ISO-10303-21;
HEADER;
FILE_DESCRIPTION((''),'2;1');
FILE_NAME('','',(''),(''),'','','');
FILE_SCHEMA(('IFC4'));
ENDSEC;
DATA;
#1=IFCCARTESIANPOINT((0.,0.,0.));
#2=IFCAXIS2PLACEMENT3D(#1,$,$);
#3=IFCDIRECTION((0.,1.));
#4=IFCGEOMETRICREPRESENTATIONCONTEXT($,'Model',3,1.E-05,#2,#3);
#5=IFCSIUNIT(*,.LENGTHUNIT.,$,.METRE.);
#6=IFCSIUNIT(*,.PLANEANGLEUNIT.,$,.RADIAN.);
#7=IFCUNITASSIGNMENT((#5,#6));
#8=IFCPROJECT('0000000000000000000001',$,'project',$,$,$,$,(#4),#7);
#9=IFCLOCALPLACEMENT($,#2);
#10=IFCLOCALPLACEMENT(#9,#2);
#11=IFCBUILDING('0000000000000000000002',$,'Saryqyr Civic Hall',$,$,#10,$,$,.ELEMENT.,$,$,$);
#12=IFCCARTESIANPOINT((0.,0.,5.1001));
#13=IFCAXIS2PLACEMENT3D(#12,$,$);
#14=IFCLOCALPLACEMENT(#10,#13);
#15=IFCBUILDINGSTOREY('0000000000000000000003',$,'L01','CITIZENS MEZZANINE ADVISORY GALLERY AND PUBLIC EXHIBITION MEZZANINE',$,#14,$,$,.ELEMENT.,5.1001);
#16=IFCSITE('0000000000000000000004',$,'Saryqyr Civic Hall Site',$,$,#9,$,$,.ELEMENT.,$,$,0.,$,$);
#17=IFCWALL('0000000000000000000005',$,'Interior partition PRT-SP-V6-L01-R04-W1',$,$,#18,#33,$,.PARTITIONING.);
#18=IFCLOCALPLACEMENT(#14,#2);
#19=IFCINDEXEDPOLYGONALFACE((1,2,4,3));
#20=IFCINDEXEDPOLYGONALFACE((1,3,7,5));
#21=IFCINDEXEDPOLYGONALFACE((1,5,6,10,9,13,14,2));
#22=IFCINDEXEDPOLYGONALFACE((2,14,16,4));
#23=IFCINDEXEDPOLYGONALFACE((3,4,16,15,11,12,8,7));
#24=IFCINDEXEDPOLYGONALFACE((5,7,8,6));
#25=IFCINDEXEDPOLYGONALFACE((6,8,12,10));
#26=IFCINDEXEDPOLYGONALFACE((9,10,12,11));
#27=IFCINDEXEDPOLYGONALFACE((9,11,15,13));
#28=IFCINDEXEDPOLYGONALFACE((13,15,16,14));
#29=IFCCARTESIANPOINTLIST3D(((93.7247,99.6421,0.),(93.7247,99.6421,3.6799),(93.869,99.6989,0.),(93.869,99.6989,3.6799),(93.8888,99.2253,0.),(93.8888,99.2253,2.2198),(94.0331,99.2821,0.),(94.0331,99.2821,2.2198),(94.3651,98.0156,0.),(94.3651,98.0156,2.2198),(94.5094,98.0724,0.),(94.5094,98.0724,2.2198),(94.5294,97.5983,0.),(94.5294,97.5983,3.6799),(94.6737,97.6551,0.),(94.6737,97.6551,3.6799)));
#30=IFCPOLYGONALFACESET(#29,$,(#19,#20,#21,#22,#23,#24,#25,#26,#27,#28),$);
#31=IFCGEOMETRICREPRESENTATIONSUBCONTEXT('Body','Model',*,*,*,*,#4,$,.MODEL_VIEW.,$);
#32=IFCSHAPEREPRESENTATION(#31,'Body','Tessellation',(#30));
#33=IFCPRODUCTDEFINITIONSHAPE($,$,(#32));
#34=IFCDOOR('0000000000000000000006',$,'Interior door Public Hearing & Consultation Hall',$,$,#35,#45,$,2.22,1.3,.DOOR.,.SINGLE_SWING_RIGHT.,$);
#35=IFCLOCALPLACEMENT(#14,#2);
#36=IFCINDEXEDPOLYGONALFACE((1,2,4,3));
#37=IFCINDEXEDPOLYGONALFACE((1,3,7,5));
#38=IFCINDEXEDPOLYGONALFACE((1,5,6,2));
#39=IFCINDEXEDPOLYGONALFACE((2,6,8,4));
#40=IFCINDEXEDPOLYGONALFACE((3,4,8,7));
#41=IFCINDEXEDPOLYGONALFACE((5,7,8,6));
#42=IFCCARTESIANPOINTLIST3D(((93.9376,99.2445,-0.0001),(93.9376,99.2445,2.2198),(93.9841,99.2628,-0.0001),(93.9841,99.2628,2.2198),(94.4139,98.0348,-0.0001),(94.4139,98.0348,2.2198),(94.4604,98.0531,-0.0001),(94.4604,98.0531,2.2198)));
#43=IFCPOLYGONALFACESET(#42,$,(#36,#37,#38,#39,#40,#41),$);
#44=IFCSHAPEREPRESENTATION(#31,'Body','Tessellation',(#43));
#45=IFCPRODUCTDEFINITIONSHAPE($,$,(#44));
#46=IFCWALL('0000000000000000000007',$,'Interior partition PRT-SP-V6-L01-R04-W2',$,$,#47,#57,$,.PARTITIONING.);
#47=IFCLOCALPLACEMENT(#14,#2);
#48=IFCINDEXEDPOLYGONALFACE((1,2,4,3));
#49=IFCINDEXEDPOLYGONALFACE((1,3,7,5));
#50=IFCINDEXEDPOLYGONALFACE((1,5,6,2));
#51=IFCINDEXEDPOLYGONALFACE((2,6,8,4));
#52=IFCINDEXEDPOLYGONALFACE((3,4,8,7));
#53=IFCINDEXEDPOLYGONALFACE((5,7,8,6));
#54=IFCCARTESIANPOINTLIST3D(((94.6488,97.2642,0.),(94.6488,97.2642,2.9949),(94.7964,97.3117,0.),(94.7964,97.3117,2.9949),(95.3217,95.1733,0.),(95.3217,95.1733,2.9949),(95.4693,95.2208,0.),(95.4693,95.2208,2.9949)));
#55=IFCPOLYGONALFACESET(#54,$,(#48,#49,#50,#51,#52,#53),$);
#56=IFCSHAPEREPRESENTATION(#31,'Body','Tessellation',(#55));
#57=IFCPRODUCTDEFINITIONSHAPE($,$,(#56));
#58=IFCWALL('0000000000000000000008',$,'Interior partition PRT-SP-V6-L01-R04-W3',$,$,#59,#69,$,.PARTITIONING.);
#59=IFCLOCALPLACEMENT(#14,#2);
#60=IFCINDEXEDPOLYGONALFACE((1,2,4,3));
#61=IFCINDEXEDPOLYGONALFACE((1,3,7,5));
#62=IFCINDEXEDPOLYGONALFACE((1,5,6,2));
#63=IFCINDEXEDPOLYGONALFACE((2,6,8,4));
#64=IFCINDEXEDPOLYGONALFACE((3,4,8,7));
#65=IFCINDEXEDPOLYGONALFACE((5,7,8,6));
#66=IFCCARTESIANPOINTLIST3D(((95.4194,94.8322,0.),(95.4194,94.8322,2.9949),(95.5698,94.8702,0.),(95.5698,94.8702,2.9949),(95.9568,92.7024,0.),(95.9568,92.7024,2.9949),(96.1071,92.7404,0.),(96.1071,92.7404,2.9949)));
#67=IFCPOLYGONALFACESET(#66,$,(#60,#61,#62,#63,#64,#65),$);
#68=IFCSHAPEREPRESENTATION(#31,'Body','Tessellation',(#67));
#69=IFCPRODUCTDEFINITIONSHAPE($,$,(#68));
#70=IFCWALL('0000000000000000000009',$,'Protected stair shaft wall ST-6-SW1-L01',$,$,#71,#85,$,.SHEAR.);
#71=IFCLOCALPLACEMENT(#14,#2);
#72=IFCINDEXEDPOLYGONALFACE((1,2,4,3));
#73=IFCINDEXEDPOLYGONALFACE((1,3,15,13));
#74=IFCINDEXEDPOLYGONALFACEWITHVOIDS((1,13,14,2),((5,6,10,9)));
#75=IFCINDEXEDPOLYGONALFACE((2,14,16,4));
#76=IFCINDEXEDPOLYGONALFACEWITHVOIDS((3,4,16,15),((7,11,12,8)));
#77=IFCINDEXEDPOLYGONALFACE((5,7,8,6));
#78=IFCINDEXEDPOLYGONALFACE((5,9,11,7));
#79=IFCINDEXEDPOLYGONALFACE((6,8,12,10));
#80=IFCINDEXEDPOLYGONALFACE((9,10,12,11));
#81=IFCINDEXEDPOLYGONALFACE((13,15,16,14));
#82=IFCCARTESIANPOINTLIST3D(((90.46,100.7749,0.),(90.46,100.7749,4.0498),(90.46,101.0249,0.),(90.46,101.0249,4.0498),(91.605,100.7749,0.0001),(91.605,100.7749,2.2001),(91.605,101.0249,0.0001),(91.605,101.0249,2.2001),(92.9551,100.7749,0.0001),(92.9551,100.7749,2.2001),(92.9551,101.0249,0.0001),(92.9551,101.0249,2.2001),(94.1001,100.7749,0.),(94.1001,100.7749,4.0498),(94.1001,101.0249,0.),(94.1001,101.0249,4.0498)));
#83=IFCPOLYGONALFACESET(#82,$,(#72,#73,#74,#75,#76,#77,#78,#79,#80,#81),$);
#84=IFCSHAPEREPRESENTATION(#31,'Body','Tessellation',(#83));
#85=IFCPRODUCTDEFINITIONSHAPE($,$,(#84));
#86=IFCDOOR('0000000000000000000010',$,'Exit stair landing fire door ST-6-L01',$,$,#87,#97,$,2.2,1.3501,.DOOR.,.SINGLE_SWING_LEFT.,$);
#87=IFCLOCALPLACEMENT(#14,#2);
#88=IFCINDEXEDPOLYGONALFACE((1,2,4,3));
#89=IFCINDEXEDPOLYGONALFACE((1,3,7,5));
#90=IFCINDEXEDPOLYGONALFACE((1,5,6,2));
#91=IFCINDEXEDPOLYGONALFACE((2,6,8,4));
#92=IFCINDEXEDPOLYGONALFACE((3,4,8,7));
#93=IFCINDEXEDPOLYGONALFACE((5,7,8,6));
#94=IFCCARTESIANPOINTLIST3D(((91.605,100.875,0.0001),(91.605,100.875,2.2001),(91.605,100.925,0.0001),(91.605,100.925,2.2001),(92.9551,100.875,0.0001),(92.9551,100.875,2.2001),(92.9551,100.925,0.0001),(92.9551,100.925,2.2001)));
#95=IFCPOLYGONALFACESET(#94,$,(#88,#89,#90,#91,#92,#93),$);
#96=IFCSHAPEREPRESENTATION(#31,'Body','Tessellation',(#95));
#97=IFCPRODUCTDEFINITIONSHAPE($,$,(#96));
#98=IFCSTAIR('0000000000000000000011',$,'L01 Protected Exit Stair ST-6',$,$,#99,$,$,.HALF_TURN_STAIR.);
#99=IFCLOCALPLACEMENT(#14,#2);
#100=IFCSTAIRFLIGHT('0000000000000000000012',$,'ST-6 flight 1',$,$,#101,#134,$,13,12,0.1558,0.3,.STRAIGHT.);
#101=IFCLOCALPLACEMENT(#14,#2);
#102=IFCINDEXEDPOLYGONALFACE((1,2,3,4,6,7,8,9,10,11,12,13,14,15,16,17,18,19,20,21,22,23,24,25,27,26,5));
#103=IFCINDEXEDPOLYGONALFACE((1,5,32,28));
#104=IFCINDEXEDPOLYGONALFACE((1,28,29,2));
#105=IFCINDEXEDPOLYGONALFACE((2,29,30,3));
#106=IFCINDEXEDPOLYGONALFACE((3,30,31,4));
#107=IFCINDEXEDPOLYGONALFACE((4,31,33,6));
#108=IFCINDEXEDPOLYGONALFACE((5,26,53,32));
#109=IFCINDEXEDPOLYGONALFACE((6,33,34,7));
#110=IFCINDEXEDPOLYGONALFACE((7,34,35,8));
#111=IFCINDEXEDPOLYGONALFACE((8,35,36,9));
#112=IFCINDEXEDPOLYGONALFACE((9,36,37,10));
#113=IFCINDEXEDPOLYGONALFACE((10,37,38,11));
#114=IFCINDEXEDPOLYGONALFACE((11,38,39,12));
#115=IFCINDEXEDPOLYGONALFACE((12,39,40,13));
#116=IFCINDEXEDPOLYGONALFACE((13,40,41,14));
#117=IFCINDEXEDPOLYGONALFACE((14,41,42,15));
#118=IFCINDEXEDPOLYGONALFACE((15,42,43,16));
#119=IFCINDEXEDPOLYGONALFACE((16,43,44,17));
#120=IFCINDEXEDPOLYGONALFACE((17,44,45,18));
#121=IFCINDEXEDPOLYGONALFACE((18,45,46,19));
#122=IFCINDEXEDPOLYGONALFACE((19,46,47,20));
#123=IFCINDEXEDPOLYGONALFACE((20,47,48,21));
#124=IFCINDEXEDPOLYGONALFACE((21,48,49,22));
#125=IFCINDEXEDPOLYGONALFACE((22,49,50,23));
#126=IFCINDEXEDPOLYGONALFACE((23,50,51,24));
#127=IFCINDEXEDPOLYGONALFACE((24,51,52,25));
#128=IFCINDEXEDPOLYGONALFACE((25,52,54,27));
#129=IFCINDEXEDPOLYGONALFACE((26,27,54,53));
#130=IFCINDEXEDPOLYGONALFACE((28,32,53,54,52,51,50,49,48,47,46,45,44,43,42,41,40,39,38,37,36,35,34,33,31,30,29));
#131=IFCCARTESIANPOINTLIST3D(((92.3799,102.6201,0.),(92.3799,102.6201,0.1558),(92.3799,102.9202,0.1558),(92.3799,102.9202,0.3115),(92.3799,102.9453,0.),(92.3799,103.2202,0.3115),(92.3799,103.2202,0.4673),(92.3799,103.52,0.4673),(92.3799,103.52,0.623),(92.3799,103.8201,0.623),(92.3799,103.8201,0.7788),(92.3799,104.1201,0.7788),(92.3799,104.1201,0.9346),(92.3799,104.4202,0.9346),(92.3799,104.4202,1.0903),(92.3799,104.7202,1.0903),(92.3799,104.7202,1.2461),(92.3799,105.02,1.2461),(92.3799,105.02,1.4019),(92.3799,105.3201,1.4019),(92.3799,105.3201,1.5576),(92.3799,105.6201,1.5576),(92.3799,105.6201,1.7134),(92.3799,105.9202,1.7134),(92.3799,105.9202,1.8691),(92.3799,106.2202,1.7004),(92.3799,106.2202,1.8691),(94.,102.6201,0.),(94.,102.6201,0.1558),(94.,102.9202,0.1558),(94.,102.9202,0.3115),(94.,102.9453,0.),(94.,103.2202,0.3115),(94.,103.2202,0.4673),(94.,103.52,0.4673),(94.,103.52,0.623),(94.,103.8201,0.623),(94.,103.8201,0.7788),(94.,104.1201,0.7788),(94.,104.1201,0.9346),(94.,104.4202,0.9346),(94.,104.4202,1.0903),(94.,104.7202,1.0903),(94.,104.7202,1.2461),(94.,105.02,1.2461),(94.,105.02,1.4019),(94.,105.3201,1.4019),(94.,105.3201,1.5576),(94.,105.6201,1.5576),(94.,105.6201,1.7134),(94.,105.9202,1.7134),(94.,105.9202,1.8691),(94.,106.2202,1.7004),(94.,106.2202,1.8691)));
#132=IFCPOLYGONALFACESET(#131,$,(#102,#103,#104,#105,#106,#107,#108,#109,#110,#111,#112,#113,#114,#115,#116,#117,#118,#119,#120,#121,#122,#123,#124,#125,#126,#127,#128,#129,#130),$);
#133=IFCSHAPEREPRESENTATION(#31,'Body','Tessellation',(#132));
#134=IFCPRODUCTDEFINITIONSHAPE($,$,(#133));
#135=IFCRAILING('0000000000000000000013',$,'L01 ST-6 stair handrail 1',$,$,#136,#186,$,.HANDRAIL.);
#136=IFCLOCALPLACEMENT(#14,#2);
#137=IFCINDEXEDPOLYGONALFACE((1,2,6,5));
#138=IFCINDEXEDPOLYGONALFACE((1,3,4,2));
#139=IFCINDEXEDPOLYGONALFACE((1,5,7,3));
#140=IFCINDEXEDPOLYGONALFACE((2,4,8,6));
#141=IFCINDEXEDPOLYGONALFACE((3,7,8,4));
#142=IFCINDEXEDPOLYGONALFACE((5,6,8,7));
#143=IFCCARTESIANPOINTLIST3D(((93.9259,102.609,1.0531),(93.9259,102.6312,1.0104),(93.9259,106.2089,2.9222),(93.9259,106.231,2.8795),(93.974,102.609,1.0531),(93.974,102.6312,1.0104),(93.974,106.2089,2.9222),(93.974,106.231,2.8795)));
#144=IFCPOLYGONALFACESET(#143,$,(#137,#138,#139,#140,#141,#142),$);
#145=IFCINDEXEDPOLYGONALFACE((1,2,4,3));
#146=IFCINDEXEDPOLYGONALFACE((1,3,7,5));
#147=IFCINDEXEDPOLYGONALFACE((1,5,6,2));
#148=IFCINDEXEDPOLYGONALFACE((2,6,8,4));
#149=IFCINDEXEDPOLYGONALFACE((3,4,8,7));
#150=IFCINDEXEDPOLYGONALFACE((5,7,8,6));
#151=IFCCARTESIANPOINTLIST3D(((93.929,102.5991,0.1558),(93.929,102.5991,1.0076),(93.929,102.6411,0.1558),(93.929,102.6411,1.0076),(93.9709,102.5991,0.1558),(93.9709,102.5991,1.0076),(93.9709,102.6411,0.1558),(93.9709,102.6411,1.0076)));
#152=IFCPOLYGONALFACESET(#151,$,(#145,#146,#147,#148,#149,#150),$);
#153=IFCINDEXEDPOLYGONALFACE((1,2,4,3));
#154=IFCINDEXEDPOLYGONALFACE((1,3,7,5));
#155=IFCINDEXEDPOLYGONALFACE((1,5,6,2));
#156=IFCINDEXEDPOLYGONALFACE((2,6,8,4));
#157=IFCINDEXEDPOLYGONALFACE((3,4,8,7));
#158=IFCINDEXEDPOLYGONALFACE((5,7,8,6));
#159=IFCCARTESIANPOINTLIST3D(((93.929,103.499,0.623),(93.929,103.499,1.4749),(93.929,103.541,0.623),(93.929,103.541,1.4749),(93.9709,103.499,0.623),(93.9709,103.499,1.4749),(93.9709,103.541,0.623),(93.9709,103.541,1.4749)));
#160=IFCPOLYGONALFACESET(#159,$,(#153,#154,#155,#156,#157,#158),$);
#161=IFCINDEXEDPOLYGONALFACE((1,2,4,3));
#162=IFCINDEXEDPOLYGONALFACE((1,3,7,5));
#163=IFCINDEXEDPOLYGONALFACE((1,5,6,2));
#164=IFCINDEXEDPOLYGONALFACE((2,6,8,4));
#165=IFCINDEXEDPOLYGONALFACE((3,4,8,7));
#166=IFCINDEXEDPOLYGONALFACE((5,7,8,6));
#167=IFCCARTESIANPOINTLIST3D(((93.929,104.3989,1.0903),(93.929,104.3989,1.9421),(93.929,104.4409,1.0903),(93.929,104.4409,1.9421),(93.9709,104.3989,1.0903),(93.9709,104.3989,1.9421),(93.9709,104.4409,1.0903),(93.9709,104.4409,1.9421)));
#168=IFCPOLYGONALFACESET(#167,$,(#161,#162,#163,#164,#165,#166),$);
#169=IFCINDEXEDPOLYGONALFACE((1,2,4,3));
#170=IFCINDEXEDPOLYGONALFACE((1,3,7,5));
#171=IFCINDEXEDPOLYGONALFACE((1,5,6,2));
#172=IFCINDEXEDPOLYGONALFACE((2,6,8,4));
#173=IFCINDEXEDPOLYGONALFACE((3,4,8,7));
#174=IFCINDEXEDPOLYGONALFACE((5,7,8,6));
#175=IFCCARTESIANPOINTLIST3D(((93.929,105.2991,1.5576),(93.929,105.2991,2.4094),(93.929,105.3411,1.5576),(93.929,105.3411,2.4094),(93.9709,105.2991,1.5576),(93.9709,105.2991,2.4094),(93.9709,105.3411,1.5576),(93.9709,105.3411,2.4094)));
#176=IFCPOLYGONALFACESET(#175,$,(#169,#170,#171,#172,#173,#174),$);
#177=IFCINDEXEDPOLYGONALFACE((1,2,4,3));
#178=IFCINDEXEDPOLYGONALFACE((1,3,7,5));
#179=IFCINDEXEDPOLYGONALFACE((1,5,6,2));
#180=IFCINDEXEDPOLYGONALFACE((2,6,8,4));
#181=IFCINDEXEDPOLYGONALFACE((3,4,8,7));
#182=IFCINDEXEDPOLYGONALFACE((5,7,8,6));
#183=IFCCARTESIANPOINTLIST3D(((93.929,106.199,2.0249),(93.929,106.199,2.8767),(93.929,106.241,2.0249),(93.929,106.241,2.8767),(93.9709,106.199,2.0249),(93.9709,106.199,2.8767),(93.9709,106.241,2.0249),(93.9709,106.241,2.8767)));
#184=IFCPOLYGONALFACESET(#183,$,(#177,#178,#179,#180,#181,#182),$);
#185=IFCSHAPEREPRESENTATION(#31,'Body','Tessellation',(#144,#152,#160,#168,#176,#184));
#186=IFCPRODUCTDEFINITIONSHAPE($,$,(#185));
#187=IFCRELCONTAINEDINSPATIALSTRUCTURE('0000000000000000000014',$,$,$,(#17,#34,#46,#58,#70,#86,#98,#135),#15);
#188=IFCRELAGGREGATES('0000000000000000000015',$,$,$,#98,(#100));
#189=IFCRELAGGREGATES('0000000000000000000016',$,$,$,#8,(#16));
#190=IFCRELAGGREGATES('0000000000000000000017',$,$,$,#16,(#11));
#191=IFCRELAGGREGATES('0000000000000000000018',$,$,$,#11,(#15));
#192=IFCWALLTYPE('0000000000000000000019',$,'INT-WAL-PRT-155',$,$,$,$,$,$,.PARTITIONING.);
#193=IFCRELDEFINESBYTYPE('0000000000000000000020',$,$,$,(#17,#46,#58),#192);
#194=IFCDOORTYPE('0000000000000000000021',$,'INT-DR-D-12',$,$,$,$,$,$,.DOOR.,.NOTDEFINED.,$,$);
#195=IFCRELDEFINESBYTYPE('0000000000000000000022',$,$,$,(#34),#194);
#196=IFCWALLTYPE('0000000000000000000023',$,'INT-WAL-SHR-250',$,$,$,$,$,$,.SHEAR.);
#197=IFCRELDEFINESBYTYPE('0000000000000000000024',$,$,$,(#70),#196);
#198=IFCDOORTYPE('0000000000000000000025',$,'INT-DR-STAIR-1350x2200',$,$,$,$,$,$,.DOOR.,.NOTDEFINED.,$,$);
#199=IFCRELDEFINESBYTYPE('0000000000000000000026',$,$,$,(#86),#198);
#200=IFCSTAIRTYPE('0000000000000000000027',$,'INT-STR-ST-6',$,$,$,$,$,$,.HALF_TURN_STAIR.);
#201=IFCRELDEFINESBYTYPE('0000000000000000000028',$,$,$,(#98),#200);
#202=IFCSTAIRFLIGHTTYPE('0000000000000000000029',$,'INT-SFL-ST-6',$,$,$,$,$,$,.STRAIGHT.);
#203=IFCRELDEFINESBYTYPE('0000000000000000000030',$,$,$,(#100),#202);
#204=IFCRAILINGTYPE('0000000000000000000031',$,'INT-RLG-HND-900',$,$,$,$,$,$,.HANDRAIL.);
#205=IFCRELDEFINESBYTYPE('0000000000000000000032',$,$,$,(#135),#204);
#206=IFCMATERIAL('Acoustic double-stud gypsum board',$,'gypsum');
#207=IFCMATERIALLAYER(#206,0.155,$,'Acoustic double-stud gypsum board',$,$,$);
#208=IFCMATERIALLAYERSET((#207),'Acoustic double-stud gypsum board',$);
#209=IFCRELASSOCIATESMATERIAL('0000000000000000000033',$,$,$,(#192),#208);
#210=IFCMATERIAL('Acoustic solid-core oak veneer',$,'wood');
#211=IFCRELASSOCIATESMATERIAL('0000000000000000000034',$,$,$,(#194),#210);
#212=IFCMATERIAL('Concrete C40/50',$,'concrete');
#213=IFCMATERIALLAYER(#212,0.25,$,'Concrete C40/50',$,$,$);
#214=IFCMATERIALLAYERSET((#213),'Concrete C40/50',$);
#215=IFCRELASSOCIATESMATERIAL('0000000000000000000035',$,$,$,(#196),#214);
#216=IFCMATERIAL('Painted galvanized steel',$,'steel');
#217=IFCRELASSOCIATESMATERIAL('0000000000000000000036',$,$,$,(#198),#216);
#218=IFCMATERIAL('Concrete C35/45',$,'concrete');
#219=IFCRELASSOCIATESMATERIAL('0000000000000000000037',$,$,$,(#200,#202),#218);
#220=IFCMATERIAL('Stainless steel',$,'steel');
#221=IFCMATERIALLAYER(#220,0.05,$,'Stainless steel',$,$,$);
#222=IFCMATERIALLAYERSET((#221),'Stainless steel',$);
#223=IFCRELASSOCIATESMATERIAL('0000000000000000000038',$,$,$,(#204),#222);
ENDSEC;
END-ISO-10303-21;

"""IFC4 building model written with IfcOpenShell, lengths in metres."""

from ifc_helpers import new_model, si_unit, direction, frame, frame_2d, origin, origin_2d, place, context, subcontext, project, spatial, polyline, rectangle, outline, extrude, material, layer, layer_set, type_object, element, fill, aggregate, save


model = new_model("IFC4")

# Units and contexts
model_context = context("Model", 3, precision=1e-05, world=origin(), true_north=direction((0.0, 1.0)))
body_context = subcontext(model_context, "Body", "Model", "MODEL_VIEW")
ifc_project = project(units=[si_unit("LENGTHUNIT", "METRE"), si_unit("PLANEANGLEUNIT", "RADIAN")], contexts=[model_context])

# Site, building, storey
site_placement = place(None, origin())
site = spatial("IfcSite", under=ifc_project, at=site_placement, Name="Saryqyr Civic Hall Site", CompositionType="ELEMENT", RefElevation=0.0)
building_placement = place(site_placement, origin())
building = spatial("IfcBuilding", under=site, at=building_placement, Name="Saryqyr Civic Hall", CompositionType="ELEMENT")
storey_placement = place(building_placement, frame((0.0, 0.0, 5.1001)))
storey = spatial("IfcBuildingStorey", under=building, at=storey_placement, Name="L01", Description="CITIZENS MEZZANINE ADVISORY GALLERY AND PUBLIC EXHIBITION MEZZANINE", CompositionType="ELEMENT", Elevation=5.1001)

# Shared definitions
ifc_material_1 = material(Name="Concrete C40/50", Category="concrete")

# Shared definitions
ifc_material_2 = material(Name="Concrete C35/45", Category="concrete")

# Wall, opening, door
ifc_material_3 = material(Name="Acoustic solid-core oak veneer", Category="wood")
ifc_material_4 = material(Name="Acoustic double-stud gypsum board", Category="gypsum")
ifc_layer_1 = layer(ifc_material_4, 0.155, Name="Acoustic double-stud gypsum board")
ifc_layer_set_1 = layer_set([ifc_layer_1], Name="Acoustic double-stud gypsum board")
wall_type_1 = type_object("IfcWallType", Name="INT-WAL-PRT-155", PredefinedType="PARTITIONING", material=ifc_layer_set_1)
wall_1_placement = place(storey_placement, frame((93.7969, 99.6704, 0.0), z_axis=(0.0, 0.0, 1.0), x_axis=(0.366364, -0.930472, 0.0)))
wall_1 = element("IfcWall", 1, at=wall_1_placement, inside=storey, type_object=wall_type_1, Name="Interior partition PRT-SP-V6-L01-R04-W1", PredefinedType="PARTITIONING", context=body_context, shape_type="SweptSolid", body=[
    extrude(rectangle(XDim=2.1965, YDim=0.155, at=frame_2d((1.0981, 0.0))), origin(), (0.0, 0.0, 1.0), 3.6799),
])
opening_1_placement = place(wall_1_placement, frame((0.448, 0.0, 0.0)))
opening_1 = element("IfcOpeningElement", 2, at=opening_1_placement, cuts=wall_1, PredefinedType="OPENING", context=body_context, shape_type="SweptSolid", body=[
    extrude(rectangle(XDim=1.3, YDim=2.22, at=frame_2d((0.6499, 1.1099))), frame((0.0, 0.0874, 0.0), z_axis=(0.0, -1.0, 0.0), x_axis=(1.0, 0.0, 0.0)), (0.0, 0.0, 1.0), 0.175),
])
door_type_1 = type_object("IfcDoorType", Name="INT-DR-D-12", OperationType="NOTDEFINED", PredefinedType="DOOR", material=ifc_material_3)
door_1_placement = place(opening_1_placement, origin())
door_1 = element("IfcDoor", 3, at=door_1_placement, inside=storey, type_object=door_type_1, Name="Interior door Public Hearing & Consultation Hall", OperationType="SINGLE_SWING_RIGHT", OverallHeight=2.22, OverallWidth=1.3, PredefinedType="DOOR", context=body_context, shape_type="SweptSolid", body=[
    extrude(rectangle(XDim=1.3, YDim=2.22, at=frame_2d((0.6499, 1.1099))), frame((0.0, 0.0249, 0.0), z_axis=(0.0, -1.0, 0.0), x_axis=(1.0, 0.0, 0.0)), (0.0, 0.0, 1.0), 0.05),
])
fill(opening_1, door_1)

# Walls
for number, where, z_axis, x_axis, name in (
    (4, (94.7227, 97.2878, 0.0), (0.0, 0.0, 1.0), (0.30634, -0.951922, 0.0), "Interior partition PRT-SP-V6-L01-R04-W2"),
    (5, (95.4946, 94.8511, 0.0), (0.0, 0.0, 1.0), (0.244627, -0.969617, 0.0), "Interior partition PRT-SP-V6-L01-R04-W3"),
):
    element("IfcWall", number, at=place(storey_placement, frame(where, z_axis=z_axis, x_axis=x_axis)), inside=storey, type_object=wall_type_1, Name=name, PredefinedType="PARTITIONING", context=body_context, shape_type="SweptSolid", body=[
        extrude(rectangle(XDim=2.1965, YDim=0.155, at=frame_2d((1.0981, 0.0))), origin(), (0.0, 0.0, 1.0), 2.9949),
    ])

# Wall, opening, door
ifc_layer_2 = layer(ifc_material_1, 0.25, Name="Concrete C40/50")
ifc_layer_set_2 = layer_set([ifc_layer_2], Name="Concrete C40/50")
wall_type_2 = type_object("IfcWallType", Name="INT-WAL-SHR-250", PredefinedType="SHEAR", material=ifc_layer_set_2)
wall_2_placement = place(storey_placement, frame((94.1001, 100.8999, 0.0), z_axis=(0.0, 0.0, 1.0), x_axis=(-1.0, 0.0, 0.0)))
wall_2 = element("IfcWall", 6, at=wall_2_placement, inside=storey, type_object=wall_type_2, Name="Protected stair shaft wall ST-6-SW1-L01", PredefinedType="SHEAR", context=body_context, shape_type="SweptSolid", body=[
    extrude(rectangle(XDim=3.6401, YDim=0.25, at=frame_2d((1.8201, 0.0))), origin(), (0.0, 0.0, 1.0), 4.0498),
])
opening_2_placement = place(wall_2_placement, frame((1.145, 0.0, 0.0)))
opening_2 = element("IfcOpeningElement", 7, at=opening_2_placement, cuts=wall_2, PredefinedType="OPENING", context=body_context, shape_type="SweptSolid", body=[
    extrude(rectangle(XDim=1.3501, YDim=2.2, at=frame_2d((0.675, 1.1001))), frame((0.0, 0.135, 0.0), z_axis=(0.0, -1.0, 0.0), x_axis=(1.0, 0.0, 0.0)), (0.0, 0.0, 1.0), 0.27),
])
ifc_material_5 = material(Name="Painted galvanized steel", Category="steel")
door_type_2 = type_object("IfcDoorType", Name="INT-DR-STAIR-1350x2200", OperationType="NOTDEFINED", PredefinedType="DOOR", material=ifc_material_5)
door_2_placement = place(opening_2_placement, origin())
door_2 = element("IfcDoor", 8, at=door_2_placement, inside=storey, type_object=door_type_2, Name="Exit stair landing fire door ST-6-L01", OperationType="SINGLE_SWING_LEFT", OverallHeight=2.2, OverallWidth=1.3501, PredefinedType="DOOR", context=body_context, shape_type="SweptSolid", body=[
    extrude(rectangle(XDim=1.3501, YDim=2.2, at=frame_2d((0.675, 1.1001))), frame((0.0, 0.0249, 0.0), z_axis=(0.0, -1.0, 0.0), x_axis=(1.0, 0.0, 0.0)), (0.0, 0.0, 1.0), 0.05),
])
fill(opening_2, door_2)

# Stair, stair flight
stair_type = type_object("IfcStairType", Name="INT-STR-ST-6", PredefinedType="HALF_TURN_STAIR", material=ifc_material_2)
stair_placement = place(storey_placement, origin())
stair = element("IfcStair", 9, at=stair_placement, inside=storey, type_object=stair_type, Name="L01 Protected Exit Stair ST-6", PredefinedType="HALF_TURN_STAIR")
stair_flight_type = type_object("IfcStairFlightType", Name="INT-SFL-ST-6", PredefinedType="STRAIGHT", material=ifc_material_2)
stair_flight_placement = place(storey_placement, frame((93.1899, 102.6201, 0.0), z_axis=(0.0, 0.0, 1.0), x_axis=(0.0, 1.0, 0.0)))
stair_flight = element("IfcStairFlight", 10, at=stair_flight_placement, type_object=stair_flight_type, Name="ST-6 flight 1", NumberOfRisers=13, NumberOfTreads=12, PredefinedType="STRAIGHT", RiserHeight=0.1558, TreadLength=0.3, context=body_context, shape_type="SweptSolid", body=[
    extrude(outline(polyline([(0.0, 0.0), (0.0, 0.1558), (0.3, 0.1558), (0.3, 0.3115), (0.6001, 0.3115), (0.6001, 0.4673), (0.8999, 0.4673), (0.8999, 0.623), (1.2, 0.623), (1.2, 0.7788), (1.5, 0.7788), (1.5, 0.9346), (1.8, 0.9346), (1.8, 1.0903), (2.1001, 1.0903), (2.1001, 1.2461), (2.3999, 1.2461), (2.3999, 1.4019), (2.7, 1.4019), (2.7, 1.5576), (3.0, 1.5576), (3.0, 1.7134), (3.3, 1.7134), (3.3, 1.8691), (3.6001, 1.8691), (3.6001, 2.0249), (3.6001, 1.7004), (0.3252, 0.0), (0.0, 0.0)])), frame((0.0, 0.8101, 0.0), z_axis=(0.0, -1.0, 0.0), x_axis=(1.0, 0.0, 0.0)), (0.0, 0.0, 1.0), 1.6201),
])
aggregate(stair, [stair_flight])

# Railing
ifc_material_6 = material(Name="Stainless steel", Category="steel")
ifc_layer_3 = layer(ifc_material_6, 0.05, Name="Stainless steel")
ifc_layer_set_3 = layer_set([ifc_layer_3], Name="Stainless steel")
railing_type = type_object("IfcRailingType", Name="INT-RLG-HND-900", PredefinedType="HANDRAIL", material=ifc_layer_set_3)
railing_placement = place(storey_placement, frame((93.95, 102.6201, 0.1558)))
element("IfcRailing", 11, at=railing_placement, inside=storey, type_object=railing_type, Name="L01 ST-6 stair handrail 1", PredefinedType="HANDRAIL", context=body_context, shape_type="SweptSolid", body=[
    extrude(rectangle(XDim=0.0481, YDim=0.0481, at=origin_2d()), frame((0.0, 0.0, 0.876), z_axis=(0.0, 0.887497, 0.460813), x_axis=(-1.0, 0.0, 0.0)), (0.0, 0.0, 1.0), 4.0562),
    extrude(rectangle(XDim=0.042, YDim=0.042, at=origin_2d()), origin(), (0.0, 0.0, 1.0), 0.8518),
    extrude(rectangle(XDim=0.042, YDim=0.042, at=origin_2d()), frame((0.0, 0.8999, 0.4673)), (0.0, 0.0, 1.0), 0.8518),
    extrude(rectangle(XDim=0.042, YDim=0.042, at=origin_2d()), frame((0.0, 1.7998, 0.9346)), (0.0, 0.0, 1.0), 0.8518),
    extrude(rectangle(XDim=0.042, YDim=0.042, at=origin_2d()), frame((0.0, 2.7, 1.4019)), (0.0, 0.0, 1.0), 0.8518),
    extrude(rectangle(XDim=0.042, YDim=0.042, at=origin_2d()), frame((0.0, 3.5999, 1.8691)), (0.0, 0.0, 1.0), 0.8518),
])

save(model, "model.ifc")
